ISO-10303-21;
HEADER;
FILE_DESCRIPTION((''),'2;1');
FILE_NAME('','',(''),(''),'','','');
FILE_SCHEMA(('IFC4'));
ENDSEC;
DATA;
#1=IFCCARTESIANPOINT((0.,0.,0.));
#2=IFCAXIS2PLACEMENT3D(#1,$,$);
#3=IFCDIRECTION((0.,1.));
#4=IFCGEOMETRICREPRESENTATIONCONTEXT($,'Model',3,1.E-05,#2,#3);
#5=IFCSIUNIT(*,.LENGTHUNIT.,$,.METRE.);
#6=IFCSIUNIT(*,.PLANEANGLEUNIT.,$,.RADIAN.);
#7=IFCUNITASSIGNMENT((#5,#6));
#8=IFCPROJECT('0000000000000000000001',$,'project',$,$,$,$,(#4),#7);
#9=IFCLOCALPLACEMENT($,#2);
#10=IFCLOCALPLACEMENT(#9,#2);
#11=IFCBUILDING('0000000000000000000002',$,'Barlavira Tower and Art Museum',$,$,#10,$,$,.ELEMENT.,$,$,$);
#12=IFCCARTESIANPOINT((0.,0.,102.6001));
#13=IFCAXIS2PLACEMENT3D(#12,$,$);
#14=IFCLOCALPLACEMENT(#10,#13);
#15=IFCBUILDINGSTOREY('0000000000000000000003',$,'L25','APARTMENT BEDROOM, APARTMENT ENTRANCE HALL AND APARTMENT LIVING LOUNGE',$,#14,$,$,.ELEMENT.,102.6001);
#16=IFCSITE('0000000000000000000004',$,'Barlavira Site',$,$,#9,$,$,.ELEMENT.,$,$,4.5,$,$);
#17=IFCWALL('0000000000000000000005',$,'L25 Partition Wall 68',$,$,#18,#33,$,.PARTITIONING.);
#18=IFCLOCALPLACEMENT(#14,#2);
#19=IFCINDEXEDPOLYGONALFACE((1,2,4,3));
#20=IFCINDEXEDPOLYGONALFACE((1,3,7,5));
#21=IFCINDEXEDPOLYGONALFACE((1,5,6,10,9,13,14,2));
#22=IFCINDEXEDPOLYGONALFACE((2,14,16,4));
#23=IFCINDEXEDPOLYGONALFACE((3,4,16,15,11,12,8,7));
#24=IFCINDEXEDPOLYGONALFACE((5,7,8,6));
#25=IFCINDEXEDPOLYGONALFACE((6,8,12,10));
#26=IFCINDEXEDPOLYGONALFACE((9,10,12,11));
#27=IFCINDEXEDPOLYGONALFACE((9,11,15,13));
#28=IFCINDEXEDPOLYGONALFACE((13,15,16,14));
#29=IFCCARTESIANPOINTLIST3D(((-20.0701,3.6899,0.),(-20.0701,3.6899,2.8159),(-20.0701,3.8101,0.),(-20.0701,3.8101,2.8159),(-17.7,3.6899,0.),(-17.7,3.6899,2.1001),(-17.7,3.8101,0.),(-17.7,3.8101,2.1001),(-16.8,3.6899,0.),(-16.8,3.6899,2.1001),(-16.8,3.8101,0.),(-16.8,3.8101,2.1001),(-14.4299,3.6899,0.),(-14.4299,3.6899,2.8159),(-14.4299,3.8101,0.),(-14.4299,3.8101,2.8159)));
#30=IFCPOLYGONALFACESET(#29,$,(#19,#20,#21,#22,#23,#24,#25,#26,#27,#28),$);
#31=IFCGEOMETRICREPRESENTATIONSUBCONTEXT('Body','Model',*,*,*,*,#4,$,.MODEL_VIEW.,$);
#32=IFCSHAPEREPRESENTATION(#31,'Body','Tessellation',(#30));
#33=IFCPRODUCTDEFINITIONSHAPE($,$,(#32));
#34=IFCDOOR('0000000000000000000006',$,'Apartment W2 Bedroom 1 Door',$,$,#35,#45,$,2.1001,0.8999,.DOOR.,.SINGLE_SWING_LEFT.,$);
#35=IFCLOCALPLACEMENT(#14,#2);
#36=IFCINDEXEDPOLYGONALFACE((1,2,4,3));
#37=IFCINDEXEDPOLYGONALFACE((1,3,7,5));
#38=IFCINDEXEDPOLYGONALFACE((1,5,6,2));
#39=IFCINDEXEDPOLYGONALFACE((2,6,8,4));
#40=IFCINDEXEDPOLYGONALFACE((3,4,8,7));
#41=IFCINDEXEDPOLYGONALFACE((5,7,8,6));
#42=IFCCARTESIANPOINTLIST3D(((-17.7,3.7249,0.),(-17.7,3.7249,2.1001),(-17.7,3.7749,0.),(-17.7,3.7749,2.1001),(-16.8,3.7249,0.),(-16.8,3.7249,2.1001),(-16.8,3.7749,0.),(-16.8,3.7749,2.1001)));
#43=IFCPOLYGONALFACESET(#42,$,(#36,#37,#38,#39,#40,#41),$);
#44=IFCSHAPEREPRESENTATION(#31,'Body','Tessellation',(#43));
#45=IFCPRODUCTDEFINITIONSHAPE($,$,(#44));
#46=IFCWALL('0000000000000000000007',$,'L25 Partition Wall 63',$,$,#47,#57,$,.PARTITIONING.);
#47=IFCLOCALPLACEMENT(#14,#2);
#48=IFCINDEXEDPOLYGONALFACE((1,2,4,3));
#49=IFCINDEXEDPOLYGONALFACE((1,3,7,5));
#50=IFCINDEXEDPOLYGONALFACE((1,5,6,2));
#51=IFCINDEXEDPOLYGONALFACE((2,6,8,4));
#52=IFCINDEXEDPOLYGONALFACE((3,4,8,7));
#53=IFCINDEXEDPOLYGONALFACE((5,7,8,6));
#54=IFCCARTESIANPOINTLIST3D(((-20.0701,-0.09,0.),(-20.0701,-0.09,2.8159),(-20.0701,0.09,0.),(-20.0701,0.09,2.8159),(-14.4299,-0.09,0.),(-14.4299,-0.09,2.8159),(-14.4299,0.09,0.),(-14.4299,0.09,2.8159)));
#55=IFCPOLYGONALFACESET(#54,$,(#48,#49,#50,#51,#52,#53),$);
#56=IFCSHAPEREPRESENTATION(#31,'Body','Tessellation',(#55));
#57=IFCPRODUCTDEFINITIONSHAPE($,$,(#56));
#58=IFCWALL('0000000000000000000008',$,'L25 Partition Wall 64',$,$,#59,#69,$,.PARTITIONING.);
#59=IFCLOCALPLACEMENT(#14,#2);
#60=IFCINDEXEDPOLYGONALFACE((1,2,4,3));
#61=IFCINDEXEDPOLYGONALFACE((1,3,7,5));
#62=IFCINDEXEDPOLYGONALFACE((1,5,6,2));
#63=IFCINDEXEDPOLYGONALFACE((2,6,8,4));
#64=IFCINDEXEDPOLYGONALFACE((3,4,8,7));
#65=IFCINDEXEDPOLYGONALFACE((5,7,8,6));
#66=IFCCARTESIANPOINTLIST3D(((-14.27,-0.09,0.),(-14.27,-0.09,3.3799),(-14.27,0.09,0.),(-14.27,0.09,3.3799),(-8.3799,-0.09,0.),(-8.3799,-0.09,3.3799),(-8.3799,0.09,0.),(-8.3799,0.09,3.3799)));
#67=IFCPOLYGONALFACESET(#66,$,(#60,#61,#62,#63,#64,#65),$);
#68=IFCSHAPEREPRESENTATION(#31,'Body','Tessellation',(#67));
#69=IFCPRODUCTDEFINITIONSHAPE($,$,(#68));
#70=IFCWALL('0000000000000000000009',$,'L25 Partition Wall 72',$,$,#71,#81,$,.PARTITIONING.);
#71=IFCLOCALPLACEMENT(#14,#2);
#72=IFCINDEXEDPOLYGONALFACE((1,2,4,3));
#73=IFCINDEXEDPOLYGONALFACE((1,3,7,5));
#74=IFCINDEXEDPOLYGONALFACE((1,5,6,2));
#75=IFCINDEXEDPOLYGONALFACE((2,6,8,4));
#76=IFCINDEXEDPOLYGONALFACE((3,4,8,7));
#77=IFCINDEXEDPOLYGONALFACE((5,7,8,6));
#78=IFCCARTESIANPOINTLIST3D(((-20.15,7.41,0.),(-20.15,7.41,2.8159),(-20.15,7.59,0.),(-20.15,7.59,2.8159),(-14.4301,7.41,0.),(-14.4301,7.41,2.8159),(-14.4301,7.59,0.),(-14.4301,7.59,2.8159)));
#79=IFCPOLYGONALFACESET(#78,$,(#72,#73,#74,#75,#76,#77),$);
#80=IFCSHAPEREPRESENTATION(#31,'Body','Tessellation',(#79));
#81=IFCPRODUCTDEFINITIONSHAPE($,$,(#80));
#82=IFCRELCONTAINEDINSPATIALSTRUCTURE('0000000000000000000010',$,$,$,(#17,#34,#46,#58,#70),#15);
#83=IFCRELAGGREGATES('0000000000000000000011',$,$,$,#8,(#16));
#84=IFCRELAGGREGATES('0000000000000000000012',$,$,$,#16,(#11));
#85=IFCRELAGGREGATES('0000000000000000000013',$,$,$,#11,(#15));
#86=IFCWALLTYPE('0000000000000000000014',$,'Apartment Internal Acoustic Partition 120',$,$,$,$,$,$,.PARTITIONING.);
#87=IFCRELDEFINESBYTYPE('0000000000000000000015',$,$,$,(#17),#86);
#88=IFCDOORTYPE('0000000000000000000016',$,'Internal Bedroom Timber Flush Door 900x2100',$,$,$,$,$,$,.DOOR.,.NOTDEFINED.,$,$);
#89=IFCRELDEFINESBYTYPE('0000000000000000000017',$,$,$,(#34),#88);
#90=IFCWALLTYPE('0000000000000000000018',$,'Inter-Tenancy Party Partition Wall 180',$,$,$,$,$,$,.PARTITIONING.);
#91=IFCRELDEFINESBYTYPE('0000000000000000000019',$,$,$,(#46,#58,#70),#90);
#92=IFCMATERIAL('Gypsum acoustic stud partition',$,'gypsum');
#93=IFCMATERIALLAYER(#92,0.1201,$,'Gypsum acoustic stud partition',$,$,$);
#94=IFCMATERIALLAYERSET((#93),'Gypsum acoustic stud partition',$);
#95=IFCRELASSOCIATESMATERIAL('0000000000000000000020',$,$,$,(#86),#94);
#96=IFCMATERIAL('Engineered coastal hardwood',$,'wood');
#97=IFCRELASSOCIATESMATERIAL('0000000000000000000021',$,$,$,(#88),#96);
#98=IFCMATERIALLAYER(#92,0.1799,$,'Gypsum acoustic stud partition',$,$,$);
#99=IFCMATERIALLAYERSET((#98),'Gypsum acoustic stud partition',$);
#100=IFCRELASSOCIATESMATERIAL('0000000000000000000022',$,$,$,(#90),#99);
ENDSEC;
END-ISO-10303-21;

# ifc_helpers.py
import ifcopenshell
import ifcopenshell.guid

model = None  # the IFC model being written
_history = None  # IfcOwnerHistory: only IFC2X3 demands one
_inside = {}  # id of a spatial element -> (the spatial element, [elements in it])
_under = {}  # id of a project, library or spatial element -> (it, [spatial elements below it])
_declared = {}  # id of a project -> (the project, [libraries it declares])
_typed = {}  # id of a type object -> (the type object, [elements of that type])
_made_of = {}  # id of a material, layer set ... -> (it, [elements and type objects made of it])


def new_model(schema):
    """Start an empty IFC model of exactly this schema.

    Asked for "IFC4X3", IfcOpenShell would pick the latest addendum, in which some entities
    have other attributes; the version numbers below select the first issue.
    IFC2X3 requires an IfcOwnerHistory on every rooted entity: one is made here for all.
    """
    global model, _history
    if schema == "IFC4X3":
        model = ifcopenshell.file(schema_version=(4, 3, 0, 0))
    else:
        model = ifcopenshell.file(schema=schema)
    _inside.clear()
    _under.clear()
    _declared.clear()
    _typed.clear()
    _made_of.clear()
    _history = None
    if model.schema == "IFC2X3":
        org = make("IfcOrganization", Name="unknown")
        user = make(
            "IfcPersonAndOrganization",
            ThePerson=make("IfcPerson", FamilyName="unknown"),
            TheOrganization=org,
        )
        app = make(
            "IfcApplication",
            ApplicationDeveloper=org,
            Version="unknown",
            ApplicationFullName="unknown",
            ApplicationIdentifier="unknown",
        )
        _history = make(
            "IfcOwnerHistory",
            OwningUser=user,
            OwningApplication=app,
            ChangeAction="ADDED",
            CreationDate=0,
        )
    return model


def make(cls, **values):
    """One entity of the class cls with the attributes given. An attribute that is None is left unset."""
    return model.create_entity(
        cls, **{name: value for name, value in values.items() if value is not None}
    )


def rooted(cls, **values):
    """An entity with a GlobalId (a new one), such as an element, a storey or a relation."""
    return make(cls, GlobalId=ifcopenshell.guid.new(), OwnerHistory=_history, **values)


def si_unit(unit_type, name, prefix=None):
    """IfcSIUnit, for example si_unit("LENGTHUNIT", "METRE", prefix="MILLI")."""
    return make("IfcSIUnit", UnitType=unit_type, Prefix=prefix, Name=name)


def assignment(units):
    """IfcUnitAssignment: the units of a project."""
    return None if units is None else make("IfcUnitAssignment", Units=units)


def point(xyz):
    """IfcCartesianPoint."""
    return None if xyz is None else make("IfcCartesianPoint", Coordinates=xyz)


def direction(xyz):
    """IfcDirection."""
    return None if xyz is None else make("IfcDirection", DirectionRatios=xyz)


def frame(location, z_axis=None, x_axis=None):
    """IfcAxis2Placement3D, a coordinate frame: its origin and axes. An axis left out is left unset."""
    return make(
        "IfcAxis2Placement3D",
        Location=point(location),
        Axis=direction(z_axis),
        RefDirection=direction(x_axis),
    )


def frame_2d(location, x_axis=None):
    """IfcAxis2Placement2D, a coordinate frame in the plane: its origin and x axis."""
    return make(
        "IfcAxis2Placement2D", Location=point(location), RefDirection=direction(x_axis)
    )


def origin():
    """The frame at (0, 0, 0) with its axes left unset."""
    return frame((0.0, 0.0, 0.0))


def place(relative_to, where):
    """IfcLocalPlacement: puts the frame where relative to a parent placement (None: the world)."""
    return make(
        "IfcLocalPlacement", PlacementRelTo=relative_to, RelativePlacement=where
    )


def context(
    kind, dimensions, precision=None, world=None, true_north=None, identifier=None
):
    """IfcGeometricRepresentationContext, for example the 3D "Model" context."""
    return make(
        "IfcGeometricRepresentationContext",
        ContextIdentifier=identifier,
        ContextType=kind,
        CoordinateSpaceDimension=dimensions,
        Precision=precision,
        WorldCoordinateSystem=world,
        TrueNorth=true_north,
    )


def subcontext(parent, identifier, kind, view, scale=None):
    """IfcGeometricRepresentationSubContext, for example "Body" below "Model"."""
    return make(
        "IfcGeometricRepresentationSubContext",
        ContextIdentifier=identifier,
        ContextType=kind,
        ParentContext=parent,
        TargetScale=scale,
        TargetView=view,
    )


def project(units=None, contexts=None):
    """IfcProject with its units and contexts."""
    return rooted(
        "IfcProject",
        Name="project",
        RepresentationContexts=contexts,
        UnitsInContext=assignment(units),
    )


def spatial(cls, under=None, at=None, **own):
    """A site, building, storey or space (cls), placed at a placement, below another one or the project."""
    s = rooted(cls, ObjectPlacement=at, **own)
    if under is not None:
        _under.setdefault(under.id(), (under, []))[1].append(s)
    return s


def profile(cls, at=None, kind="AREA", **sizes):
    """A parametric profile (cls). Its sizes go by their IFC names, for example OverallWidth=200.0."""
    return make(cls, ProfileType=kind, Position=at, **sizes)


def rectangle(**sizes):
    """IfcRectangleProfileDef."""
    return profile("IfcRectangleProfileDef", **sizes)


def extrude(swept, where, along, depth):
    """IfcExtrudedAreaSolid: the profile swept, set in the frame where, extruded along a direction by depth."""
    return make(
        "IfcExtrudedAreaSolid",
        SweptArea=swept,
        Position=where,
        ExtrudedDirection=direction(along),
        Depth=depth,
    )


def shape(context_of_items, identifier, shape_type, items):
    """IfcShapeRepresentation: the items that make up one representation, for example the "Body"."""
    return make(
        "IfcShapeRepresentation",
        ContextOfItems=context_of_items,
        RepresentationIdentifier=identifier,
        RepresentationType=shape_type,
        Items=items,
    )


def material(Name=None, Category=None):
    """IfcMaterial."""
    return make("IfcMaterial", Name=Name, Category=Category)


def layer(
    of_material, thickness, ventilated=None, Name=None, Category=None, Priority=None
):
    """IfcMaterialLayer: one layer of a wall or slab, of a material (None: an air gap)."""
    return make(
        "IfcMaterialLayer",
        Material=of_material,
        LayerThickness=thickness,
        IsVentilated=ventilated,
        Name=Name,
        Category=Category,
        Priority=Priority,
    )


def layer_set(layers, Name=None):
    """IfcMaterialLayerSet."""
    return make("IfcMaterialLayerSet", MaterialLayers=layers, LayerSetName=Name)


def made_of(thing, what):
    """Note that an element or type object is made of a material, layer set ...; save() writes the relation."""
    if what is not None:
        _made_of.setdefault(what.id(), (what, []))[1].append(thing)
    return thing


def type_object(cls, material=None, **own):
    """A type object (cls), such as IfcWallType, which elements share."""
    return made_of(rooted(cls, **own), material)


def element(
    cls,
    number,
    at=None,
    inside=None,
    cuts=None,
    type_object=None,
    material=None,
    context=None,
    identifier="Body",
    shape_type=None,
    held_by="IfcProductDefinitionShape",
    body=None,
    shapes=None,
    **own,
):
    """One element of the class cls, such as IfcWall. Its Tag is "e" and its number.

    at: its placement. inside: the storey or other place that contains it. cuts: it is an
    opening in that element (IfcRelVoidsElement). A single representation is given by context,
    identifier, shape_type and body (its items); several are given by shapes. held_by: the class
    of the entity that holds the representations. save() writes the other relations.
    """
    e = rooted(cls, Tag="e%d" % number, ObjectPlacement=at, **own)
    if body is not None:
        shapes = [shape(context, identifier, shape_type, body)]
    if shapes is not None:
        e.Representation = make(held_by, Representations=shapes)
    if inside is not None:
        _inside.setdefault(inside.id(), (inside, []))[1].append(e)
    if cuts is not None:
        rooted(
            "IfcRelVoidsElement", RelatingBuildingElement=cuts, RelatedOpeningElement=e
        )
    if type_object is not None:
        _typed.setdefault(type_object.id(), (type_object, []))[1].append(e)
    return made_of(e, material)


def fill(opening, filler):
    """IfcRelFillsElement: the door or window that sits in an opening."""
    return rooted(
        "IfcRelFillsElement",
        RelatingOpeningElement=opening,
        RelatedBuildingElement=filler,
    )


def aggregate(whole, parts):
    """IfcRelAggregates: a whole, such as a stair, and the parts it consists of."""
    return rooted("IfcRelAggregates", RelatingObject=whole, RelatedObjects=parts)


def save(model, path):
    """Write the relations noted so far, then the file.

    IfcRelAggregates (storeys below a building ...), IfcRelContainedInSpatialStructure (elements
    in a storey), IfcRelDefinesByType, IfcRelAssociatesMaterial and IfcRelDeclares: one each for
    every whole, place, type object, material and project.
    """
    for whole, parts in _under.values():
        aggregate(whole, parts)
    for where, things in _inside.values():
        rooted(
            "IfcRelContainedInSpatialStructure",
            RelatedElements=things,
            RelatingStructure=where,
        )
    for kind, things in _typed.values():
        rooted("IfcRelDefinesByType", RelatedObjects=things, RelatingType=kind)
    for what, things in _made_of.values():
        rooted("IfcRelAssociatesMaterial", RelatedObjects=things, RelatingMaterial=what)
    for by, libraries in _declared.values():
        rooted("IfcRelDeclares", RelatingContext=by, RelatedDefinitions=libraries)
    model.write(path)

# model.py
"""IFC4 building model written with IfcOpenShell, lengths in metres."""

from ifc_helpers import new_model, si_unit, direction, frame, frame_2d, origin, place, context, subcontext, project, spatial, rectangle, extrude, material, layer, layer_set, type_object, element, fill, save


model = new_model("IFC4")

# Units and contexts
model_context = context("Model", 3, precision=1e-05, world=origin(), true_north=direction((0.0, 1.0)))
body_context = subcontext(model_context, "Body", "Model", "MODEL_VIEW")
ifc_project = project(units=[si_unit("LENGTHUNIT", "METRE"), si_unit("PLANEANGLEUNIT", "RADIAN")], contexts=[model_context])

# Site, building, storey
site_placement = place(None, origin())
site = spatial("IfcSite", under=ifc_project, at=site_placement, Name="Barlavira Site", CompositionType="ELEMENT", RefElevation=4.5)
building_placement = place(site_placement, origin())
building = spatial("IfcBuilding", under=site, at=building_placement, Name="Barlavira Tower and Art Museum", CompositionType="ELEMENT")
storey_placement = place(building_placement, frame((0.0, 0.0, 102.6001)))
storey = spatial("IfcBuildingStorey", under=building, at=storey_placement, Name="L25", Description="APARTMENT BEDROOM, APARTMENT ENTRANCE HALL AND APARTMENT LIVING LOUNGE", CompositionType="ELEMENT", Elevation=102.6001)

# Wall, opening, door
ifc_material_1 = material(Name="Gypsum acoustic stud partition", Category="gypsum")
ifc_layer_1 = layer(ifc_material_1, 0.1201, Name="Gypsum acoustic stud partition")
ifc_layer_set_1 = layer_set([ifc_layer_1], Name="Gypsum acoustic stud partition")
wall_type_1 = type_object("IfcWallType", Name="Apartment Internal Acoustic Partition 120", PredefinedType="PARTITIONING", material=ifc_layer_set_1)
ifc_material_2 = material(Name="Engineered coastal hardwood", Category="wood")
wall_1_placement = place(storey_placement, frame((-20.0701, 3.75, 0.0), z_axis=(0.0, 0.0, 1.0), x_axis=(1.0, 0.0, 0.0)))
wall_1 = element("IfcWall", 1, at=wall_1_placement, inside=storey, type_object=wall_type_1, Name="L25 Partition Wall 68", PredefinedType="PARTITIONING", context=body_context, shape_type="SweptSolid", body=[
    extrude(rectangle(XDim=5.6401, YDim=0.1201, at=frame_2d((2.8201, 0.0))), origin(), (0.0, 0.0, 1.0), 2.8159),
])
opening_1_placement = place(wall_1_placement, frame((2.3701, 0.0, 0.0)))
opening_1 = element("IfcOpeningElement", 2, at=opening_1_placement, cuts=wall_1, PredefinedType="OPENING", context=body_context, shape_type="SweptSolid", body=[
    extrude(rectangle(XDim=0.8999, YDim=2.1001, at=frame_2d((0.45, 1.05))), frame((0.0, 0.0701, 0.0), z_axis=(0.0, -1.0, 0.0), x_axis=(1.0, 0.0, 0.0)), (0.0, 0.0, 1.0), 0.1401),
])
door_type_1 = type_object("IfcDoorType", Name="Internal Bedroom Timber Flush Door 900x2100", OperationType="NOTDEFINED", PredefinedType="DOOR", material=ifc_material_2)
door_1_placement = place(opening_1_placement, origin())
door_1 = element("IfcDoor", 3, at=door_1_placement, inside=storey, type_object=door_type_1, Name="Apartment W2 Bedroom 1 Door", OperationType="SINGLE_SWING_LEFT", OverallHeight=2.1001, OverallWidth=0.8999, PredefinedType="DOOR", context=body_context, shape_type="SweptSolid", body=[
    extrude(rectangle(XDim=0.8999, YDim=2.1001, at=frame_2d((0.45, 1.05))), frame((0.0, 0.0249, 0.0), z_axis=(0.0, -1.0, 0.0), x_axis=(1.0, 0.0, 0.0)), (0.0, 0.0, 1.0), 0.05),
])
fill(opening_1, door_1)

# Walls
ifc_layer_2 = layer(ifc_material_1, 0.1799, Name="Gypsum acoustic stud partition")
ifc_layer_set_2 = layer_set([ifc_layer_2], Name="Gypsum acoustic stud partition")
wall_type_2 = type_object("IfcWallType", Name="Inter-Tenancy Party Partition Wall 180", PredefinedType="PARTITIONING", material=ifc_layer_set_2)
wall_2_placement = place(storey_placement, frame((-20.0701, 0.0, 0.0), z_axis=(0.0, 0.0, 1.0), x_axis=(1.0, 0.0, 0.0)))
element("IfcWall", 4, at=wall_2_placement, inside=storey, type_object=wall_type_2, Name="L25 Partition Wall 63", PredefinedType="PARTITIONING", context=body_context, shape_type="SweptSolid", body=[
    extrude(rectangle(XDim=5.6401, YDim=0.1799, at=frame_2d((2.8201, 0.0))), origin(), (0.0, 0.0, 1.0), 2.8159),
])
wall_3_placement = place(storey_placement, frame((-14.27, 0.0, 0.0), z_axis=(0.0, 0.0, 1.0), x_axis=(1.0, 0.0, 0.0)))
element("IfcWall", 5, at=wall_3_placement, inside=storey, type_object=wall_type_2, Name="L25 Partition Wall 64", PredefinedType="PARTITIONING", context=body_context, shape_type="SweptSolid", body=[
    extrude(rectangle(XDim=5.8901, YDim=0.1799, at=frame_2d((2.9451, 0.0))), origin(), (0.0, 0.0, 1.0), 3.3799),
])
wall_4_placement = place(storey_placement, frame((-20.1499, 7.5, 0.0), z_axis=(0.0, 0.0, 1.0), x_axis=(1.0, 0.0, 0.0)))
element("IfcWall", 6, at=wall_4_placement, inside=storey, type_object=wall_type_2, Name="L25 Partition Wall 72", PredefinedType="PARTITIONING", context=body_context, shape_type="SweptSolid", body=[
    extrude(rectangle(XDim=5.72, YDim=0.1799, at=frame_2d((2.8599, 0.0))), origin(), (0.0, 0.0, 1.0), 2.8159),
])

save(model, "model.ifc")
